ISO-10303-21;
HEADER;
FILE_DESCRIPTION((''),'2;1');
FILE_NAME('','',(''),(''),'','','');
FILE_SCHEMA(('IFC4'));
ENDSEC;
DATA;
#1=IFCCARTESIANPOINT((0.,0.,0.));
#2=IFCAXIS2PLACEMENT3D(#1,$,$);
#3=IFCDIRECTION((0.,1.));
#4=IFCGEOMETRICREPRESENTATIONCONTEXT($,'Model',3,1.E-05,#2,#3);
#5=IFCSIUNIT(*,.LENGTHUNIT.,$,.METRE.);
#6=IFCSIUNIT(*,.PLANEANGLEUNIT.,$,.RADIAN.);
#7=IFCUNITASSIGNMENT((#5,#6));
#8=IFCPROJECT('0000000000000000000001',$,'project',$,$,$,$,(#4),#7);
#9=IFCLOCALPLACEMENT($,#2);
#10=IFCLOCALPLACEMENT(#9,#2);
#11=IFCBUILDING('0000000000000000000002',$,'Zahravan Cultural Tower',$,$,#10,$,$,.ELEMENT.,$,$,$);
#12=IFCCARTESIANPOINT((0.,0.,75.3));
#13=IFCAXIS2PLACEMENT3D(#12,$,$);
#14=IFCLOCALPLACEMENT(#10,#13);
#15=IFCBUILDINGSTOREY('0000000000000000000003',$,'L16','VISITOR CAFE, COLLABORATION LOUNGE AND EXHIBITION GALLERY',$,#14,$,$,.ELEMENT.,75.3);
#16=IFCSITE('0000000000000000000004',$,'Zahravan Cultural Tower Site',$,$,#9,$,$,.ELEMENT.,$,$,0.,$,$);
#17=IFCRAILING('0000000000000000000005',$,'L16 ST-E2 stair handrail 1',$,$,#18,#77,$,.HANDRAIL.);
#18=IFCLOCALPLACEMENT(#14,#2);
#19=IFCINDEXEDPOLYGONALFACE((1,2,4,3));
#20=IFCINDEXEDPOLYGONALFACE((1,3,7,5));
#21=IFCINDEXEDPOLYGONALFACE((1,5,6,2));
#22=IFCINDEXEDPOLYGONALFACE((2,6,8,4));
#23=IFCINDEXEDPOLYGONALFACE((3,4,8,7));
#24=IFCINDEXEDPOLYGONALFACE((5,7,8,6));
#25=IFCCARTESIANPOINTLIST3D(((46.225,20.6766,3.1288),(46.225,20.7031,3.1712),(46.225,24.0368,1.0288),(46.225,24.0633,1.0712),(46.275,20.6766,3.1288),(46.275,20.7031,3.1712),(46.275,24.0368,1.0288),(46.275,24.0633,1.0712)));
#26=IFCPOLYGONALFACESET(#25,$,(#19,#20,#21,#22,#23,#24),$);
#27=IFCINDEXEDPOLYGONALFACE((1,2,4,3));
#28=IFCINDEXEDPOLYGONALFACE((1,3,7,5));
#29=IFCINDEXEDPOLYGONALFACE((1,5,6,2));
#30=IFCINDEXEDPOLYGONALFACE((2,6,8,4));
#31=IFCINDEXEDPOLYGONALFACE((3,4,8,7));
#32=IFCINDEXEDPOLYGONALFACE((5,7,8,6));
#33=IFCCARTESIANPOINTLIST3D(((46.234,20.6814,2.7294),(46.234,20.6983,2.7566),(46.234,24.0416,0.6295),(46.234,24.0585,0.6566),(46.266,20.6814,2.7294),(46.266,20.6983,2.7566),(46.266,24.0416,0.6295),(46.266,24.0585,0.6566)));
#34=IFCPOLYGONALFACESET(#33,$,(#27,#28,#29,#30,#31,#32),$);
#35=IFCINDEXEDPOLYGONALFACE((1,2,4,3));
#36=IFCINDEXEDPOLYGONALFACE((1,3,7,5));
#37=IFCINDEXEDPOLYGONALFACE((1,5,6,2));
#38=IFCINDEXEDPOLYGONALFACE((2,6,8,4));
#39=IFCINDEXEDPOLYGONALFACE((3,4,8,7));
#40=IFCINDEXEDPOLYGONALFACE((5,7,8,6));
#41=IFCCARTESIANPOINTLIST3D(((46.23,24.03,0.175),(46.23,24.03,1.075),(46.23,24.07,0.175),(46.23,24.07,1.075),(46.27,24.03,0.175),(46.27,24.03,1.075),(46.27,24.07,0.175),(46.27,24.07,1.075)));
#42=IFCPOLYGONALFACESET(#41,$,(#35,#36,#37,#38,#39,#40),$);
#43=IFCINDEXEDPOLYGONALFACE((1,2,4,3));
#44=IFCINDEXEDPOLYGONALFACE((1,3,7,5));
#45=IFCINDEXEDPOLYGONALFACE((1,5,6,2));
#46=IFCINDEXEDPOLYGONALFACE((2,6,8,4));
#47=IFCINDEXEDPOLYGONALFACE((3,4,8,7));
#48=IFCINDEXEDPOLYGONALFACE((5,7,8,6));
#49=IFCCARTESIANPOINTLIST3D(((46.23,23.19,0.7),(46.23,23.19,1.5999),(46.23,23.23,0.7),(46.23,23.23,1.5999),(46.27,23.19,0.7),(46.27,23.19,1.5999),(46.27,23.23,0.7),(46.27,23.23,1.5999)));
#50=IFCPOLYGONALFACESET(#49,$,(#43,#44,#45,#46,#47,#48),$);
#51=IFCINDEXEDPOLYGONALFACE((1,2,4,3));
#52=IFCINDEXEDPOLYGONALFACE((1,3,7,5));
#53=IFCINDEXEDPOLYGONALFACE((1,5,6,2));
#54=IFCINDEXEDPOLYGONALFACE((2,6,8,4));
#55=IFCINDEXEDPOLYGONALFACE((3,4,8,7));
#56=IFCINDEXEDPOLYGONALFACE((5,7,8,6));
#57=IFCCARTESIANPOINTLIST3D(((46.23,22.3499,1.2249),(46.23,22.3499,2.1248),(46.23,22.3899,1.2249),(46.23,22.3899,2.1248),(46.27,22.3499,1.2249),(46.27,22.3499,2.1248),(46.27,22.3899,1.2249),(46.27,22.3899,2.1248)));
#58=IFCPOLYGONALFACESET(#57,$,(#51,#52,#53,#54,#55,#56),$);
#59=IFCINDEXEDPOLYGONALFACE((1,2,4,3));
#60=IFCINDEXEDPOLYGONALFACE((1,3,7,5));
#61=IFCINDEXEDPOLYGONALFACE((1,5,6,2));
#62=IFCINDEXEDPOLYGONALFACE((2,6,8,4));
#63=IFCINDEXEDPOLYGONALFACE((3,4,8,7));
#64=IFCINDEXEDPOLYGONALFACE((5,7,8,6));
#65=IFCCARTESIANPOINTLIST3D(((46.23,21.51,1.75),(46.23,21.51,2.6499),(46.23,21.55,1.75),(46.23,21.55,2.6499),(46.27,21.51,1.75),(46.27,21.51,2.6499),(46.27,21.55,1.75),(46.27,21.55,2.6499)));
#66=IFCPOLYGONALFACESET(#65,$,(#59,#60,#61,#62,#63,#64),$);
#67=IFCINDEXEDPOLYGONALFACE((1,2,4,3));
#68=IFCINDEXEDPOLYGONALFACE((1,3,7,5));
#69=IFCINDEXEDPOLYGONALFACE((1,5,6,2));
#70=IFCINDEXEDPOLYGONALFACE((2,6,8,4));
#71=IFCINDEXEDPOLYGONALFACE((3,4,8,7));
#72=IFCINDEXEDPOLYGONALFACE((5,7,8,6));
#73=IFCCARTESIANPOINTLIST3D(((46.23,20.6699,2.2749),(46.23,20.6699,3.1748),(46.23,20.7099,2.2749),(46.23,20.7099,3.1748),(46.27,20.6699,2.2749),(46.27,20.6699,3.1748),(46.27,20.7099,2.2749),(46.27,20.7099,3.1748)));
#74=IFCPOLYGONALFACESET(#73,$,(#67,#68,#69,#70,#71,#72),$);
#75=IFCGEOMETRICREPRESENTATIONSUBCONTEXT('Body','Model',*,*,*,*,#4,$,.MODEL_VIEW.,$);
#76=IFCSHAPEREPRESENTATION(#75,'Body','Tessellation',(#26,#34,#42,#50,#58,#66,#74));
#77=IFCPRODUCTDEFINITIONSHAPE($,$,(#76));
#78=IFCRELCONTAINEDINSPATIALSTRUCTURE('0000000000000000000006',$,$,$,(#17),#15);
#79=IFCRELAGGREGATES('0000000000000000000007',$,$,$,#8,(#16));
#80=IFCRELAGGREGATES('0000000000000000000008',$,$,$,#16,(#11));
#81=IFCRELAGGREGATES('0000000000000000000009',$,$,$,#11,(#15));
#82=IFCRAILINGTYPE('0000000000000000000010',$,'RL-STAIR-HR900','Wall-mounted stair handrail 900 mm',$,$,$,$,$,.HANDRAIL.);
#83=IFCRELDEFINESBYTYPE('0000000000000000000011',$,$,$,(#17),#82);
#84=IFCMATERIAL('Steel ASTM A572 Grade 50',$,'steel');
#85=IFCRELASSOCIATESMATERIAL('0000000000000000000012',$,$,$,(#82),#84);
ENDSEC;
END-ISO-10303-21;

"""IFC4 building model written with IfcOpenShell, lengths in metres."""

from ifc_helpers import new_model, si_unit, direction, frame, origin, origin_2d, place, context, subcontext, project, spatial, rectangle, extrude, material, type_object, element, save


model = new_model("IFC4")

# Units and contexts
model_context = context("Model", 3, precision=1e-05, world=origin(), true_north=direction((0.0, 1.0)))
body_context = subcontext(model_context, "Body", "Model", "MODEL_VIEW")
ifc_project = project(units=[si_unit("LENGTHUNIT", "METRE"), si_unit("PLANEANGLEUNIT", "RADIAN")], contexts=[model_context])

# Site, building, storey
site_placement = place(None, origin())
site = spatial("IfcSite", under=ifc_project, at=site_placement, Name="Zahravan Cultural Tower Site", CompositionType="ELEMENT", RefElevation=0.0)
building_placement = place(site_placement, origin())
building = spatial("IfcBuilding", under=site, at=building_placement, Name="Zahravan Cultural Tower", CompositionType="ELEMENT")
storey_placement = place(building_placement, frame((0.0, 0.0, 75.3)))
storey = spatial("IfcBuildingStorey", under=building, at=storey_placement, Name="L16", Description="VISITOR CAFE, COLLABORATION LOUNGE AND EXHIBITION GALLERY", CompositionType="ELEMENT", Elevation=75.3)

# Shared definitions
ifc_material_1 = material(Name="Steel ASTM A572 Grade 50", Category="steel")

# Railing
railing_type_1 = type_object("IfcRailingType", Name="RL-STAIR-HR900", Description="Wall-mounted stair handrail 900 mm", PredefinedType="HANDRAIL", material=ifc_material_1)
railing_1_placement = place(storey_placement, frame((46.25, 24.05, 0.175)))
element("IfcRailing", 1, at=railing_1_placement, inside=storey, type_object=railing_type_1, Name="L16 ST-E2 stair handrail 1", PredefinedType="HANDRAIL", context=body_context, shape_type="SweptSolid", body=[
    extrude(rectangle(XDim=0.05, YDim=0.05, at=origin_2d()), frame((0.0, 0.0, 0.875), z_axis=(0.0, -0.848023, 0.52996), x_axis=(1.0, 0.0, 0.0)), (0.0, 0.0, 1.0), 3.9624),
    extrude(rectangle(XDim=0.032, YDim=0.032, at=origin_2d()), frame((0.0, 0.0, 0.468), z_axis=(0.0, -0.848023, 0.52996), x_axis=(1.0, 0.0, 0.0)), (0.0, 0.0, 1.0), 3.9624),
    extrude(rectangle(XDim=0.04, YDim=0.04, at=origin_2d()), origin(), (0.0, 0.0, 1.0), 0.8999),
    extrude(rectangle(XDim=0.04, YDim=0.04, at=origin_2d()), frame((0.0, -0.8401, 0.5249)), (0.0, 0.0, 1.0), 0.8999),
    extrude(rectangle(XDim=0.04, YDim=0.04, at=origin_2d()), frame((0.0, -1.6802, 1.0498)), (0.0, 0.0, 1.0), 0.8999),
    extrude(rectangle(XDim=0.04, YDim=0.04, at=origin_2d()), frame((0.0, -2.52, 1.575)), (0.0, 0.0, 1.0), 0.8999),
    extrude(rectangle(XDim=0.04, YDim=0.04, at=origin_2d()), frame((0.0, -3.3601, 2.0999)), (0.0, 0.0, 1.0), 0.8999),
])

save(model, "model.ifc")
